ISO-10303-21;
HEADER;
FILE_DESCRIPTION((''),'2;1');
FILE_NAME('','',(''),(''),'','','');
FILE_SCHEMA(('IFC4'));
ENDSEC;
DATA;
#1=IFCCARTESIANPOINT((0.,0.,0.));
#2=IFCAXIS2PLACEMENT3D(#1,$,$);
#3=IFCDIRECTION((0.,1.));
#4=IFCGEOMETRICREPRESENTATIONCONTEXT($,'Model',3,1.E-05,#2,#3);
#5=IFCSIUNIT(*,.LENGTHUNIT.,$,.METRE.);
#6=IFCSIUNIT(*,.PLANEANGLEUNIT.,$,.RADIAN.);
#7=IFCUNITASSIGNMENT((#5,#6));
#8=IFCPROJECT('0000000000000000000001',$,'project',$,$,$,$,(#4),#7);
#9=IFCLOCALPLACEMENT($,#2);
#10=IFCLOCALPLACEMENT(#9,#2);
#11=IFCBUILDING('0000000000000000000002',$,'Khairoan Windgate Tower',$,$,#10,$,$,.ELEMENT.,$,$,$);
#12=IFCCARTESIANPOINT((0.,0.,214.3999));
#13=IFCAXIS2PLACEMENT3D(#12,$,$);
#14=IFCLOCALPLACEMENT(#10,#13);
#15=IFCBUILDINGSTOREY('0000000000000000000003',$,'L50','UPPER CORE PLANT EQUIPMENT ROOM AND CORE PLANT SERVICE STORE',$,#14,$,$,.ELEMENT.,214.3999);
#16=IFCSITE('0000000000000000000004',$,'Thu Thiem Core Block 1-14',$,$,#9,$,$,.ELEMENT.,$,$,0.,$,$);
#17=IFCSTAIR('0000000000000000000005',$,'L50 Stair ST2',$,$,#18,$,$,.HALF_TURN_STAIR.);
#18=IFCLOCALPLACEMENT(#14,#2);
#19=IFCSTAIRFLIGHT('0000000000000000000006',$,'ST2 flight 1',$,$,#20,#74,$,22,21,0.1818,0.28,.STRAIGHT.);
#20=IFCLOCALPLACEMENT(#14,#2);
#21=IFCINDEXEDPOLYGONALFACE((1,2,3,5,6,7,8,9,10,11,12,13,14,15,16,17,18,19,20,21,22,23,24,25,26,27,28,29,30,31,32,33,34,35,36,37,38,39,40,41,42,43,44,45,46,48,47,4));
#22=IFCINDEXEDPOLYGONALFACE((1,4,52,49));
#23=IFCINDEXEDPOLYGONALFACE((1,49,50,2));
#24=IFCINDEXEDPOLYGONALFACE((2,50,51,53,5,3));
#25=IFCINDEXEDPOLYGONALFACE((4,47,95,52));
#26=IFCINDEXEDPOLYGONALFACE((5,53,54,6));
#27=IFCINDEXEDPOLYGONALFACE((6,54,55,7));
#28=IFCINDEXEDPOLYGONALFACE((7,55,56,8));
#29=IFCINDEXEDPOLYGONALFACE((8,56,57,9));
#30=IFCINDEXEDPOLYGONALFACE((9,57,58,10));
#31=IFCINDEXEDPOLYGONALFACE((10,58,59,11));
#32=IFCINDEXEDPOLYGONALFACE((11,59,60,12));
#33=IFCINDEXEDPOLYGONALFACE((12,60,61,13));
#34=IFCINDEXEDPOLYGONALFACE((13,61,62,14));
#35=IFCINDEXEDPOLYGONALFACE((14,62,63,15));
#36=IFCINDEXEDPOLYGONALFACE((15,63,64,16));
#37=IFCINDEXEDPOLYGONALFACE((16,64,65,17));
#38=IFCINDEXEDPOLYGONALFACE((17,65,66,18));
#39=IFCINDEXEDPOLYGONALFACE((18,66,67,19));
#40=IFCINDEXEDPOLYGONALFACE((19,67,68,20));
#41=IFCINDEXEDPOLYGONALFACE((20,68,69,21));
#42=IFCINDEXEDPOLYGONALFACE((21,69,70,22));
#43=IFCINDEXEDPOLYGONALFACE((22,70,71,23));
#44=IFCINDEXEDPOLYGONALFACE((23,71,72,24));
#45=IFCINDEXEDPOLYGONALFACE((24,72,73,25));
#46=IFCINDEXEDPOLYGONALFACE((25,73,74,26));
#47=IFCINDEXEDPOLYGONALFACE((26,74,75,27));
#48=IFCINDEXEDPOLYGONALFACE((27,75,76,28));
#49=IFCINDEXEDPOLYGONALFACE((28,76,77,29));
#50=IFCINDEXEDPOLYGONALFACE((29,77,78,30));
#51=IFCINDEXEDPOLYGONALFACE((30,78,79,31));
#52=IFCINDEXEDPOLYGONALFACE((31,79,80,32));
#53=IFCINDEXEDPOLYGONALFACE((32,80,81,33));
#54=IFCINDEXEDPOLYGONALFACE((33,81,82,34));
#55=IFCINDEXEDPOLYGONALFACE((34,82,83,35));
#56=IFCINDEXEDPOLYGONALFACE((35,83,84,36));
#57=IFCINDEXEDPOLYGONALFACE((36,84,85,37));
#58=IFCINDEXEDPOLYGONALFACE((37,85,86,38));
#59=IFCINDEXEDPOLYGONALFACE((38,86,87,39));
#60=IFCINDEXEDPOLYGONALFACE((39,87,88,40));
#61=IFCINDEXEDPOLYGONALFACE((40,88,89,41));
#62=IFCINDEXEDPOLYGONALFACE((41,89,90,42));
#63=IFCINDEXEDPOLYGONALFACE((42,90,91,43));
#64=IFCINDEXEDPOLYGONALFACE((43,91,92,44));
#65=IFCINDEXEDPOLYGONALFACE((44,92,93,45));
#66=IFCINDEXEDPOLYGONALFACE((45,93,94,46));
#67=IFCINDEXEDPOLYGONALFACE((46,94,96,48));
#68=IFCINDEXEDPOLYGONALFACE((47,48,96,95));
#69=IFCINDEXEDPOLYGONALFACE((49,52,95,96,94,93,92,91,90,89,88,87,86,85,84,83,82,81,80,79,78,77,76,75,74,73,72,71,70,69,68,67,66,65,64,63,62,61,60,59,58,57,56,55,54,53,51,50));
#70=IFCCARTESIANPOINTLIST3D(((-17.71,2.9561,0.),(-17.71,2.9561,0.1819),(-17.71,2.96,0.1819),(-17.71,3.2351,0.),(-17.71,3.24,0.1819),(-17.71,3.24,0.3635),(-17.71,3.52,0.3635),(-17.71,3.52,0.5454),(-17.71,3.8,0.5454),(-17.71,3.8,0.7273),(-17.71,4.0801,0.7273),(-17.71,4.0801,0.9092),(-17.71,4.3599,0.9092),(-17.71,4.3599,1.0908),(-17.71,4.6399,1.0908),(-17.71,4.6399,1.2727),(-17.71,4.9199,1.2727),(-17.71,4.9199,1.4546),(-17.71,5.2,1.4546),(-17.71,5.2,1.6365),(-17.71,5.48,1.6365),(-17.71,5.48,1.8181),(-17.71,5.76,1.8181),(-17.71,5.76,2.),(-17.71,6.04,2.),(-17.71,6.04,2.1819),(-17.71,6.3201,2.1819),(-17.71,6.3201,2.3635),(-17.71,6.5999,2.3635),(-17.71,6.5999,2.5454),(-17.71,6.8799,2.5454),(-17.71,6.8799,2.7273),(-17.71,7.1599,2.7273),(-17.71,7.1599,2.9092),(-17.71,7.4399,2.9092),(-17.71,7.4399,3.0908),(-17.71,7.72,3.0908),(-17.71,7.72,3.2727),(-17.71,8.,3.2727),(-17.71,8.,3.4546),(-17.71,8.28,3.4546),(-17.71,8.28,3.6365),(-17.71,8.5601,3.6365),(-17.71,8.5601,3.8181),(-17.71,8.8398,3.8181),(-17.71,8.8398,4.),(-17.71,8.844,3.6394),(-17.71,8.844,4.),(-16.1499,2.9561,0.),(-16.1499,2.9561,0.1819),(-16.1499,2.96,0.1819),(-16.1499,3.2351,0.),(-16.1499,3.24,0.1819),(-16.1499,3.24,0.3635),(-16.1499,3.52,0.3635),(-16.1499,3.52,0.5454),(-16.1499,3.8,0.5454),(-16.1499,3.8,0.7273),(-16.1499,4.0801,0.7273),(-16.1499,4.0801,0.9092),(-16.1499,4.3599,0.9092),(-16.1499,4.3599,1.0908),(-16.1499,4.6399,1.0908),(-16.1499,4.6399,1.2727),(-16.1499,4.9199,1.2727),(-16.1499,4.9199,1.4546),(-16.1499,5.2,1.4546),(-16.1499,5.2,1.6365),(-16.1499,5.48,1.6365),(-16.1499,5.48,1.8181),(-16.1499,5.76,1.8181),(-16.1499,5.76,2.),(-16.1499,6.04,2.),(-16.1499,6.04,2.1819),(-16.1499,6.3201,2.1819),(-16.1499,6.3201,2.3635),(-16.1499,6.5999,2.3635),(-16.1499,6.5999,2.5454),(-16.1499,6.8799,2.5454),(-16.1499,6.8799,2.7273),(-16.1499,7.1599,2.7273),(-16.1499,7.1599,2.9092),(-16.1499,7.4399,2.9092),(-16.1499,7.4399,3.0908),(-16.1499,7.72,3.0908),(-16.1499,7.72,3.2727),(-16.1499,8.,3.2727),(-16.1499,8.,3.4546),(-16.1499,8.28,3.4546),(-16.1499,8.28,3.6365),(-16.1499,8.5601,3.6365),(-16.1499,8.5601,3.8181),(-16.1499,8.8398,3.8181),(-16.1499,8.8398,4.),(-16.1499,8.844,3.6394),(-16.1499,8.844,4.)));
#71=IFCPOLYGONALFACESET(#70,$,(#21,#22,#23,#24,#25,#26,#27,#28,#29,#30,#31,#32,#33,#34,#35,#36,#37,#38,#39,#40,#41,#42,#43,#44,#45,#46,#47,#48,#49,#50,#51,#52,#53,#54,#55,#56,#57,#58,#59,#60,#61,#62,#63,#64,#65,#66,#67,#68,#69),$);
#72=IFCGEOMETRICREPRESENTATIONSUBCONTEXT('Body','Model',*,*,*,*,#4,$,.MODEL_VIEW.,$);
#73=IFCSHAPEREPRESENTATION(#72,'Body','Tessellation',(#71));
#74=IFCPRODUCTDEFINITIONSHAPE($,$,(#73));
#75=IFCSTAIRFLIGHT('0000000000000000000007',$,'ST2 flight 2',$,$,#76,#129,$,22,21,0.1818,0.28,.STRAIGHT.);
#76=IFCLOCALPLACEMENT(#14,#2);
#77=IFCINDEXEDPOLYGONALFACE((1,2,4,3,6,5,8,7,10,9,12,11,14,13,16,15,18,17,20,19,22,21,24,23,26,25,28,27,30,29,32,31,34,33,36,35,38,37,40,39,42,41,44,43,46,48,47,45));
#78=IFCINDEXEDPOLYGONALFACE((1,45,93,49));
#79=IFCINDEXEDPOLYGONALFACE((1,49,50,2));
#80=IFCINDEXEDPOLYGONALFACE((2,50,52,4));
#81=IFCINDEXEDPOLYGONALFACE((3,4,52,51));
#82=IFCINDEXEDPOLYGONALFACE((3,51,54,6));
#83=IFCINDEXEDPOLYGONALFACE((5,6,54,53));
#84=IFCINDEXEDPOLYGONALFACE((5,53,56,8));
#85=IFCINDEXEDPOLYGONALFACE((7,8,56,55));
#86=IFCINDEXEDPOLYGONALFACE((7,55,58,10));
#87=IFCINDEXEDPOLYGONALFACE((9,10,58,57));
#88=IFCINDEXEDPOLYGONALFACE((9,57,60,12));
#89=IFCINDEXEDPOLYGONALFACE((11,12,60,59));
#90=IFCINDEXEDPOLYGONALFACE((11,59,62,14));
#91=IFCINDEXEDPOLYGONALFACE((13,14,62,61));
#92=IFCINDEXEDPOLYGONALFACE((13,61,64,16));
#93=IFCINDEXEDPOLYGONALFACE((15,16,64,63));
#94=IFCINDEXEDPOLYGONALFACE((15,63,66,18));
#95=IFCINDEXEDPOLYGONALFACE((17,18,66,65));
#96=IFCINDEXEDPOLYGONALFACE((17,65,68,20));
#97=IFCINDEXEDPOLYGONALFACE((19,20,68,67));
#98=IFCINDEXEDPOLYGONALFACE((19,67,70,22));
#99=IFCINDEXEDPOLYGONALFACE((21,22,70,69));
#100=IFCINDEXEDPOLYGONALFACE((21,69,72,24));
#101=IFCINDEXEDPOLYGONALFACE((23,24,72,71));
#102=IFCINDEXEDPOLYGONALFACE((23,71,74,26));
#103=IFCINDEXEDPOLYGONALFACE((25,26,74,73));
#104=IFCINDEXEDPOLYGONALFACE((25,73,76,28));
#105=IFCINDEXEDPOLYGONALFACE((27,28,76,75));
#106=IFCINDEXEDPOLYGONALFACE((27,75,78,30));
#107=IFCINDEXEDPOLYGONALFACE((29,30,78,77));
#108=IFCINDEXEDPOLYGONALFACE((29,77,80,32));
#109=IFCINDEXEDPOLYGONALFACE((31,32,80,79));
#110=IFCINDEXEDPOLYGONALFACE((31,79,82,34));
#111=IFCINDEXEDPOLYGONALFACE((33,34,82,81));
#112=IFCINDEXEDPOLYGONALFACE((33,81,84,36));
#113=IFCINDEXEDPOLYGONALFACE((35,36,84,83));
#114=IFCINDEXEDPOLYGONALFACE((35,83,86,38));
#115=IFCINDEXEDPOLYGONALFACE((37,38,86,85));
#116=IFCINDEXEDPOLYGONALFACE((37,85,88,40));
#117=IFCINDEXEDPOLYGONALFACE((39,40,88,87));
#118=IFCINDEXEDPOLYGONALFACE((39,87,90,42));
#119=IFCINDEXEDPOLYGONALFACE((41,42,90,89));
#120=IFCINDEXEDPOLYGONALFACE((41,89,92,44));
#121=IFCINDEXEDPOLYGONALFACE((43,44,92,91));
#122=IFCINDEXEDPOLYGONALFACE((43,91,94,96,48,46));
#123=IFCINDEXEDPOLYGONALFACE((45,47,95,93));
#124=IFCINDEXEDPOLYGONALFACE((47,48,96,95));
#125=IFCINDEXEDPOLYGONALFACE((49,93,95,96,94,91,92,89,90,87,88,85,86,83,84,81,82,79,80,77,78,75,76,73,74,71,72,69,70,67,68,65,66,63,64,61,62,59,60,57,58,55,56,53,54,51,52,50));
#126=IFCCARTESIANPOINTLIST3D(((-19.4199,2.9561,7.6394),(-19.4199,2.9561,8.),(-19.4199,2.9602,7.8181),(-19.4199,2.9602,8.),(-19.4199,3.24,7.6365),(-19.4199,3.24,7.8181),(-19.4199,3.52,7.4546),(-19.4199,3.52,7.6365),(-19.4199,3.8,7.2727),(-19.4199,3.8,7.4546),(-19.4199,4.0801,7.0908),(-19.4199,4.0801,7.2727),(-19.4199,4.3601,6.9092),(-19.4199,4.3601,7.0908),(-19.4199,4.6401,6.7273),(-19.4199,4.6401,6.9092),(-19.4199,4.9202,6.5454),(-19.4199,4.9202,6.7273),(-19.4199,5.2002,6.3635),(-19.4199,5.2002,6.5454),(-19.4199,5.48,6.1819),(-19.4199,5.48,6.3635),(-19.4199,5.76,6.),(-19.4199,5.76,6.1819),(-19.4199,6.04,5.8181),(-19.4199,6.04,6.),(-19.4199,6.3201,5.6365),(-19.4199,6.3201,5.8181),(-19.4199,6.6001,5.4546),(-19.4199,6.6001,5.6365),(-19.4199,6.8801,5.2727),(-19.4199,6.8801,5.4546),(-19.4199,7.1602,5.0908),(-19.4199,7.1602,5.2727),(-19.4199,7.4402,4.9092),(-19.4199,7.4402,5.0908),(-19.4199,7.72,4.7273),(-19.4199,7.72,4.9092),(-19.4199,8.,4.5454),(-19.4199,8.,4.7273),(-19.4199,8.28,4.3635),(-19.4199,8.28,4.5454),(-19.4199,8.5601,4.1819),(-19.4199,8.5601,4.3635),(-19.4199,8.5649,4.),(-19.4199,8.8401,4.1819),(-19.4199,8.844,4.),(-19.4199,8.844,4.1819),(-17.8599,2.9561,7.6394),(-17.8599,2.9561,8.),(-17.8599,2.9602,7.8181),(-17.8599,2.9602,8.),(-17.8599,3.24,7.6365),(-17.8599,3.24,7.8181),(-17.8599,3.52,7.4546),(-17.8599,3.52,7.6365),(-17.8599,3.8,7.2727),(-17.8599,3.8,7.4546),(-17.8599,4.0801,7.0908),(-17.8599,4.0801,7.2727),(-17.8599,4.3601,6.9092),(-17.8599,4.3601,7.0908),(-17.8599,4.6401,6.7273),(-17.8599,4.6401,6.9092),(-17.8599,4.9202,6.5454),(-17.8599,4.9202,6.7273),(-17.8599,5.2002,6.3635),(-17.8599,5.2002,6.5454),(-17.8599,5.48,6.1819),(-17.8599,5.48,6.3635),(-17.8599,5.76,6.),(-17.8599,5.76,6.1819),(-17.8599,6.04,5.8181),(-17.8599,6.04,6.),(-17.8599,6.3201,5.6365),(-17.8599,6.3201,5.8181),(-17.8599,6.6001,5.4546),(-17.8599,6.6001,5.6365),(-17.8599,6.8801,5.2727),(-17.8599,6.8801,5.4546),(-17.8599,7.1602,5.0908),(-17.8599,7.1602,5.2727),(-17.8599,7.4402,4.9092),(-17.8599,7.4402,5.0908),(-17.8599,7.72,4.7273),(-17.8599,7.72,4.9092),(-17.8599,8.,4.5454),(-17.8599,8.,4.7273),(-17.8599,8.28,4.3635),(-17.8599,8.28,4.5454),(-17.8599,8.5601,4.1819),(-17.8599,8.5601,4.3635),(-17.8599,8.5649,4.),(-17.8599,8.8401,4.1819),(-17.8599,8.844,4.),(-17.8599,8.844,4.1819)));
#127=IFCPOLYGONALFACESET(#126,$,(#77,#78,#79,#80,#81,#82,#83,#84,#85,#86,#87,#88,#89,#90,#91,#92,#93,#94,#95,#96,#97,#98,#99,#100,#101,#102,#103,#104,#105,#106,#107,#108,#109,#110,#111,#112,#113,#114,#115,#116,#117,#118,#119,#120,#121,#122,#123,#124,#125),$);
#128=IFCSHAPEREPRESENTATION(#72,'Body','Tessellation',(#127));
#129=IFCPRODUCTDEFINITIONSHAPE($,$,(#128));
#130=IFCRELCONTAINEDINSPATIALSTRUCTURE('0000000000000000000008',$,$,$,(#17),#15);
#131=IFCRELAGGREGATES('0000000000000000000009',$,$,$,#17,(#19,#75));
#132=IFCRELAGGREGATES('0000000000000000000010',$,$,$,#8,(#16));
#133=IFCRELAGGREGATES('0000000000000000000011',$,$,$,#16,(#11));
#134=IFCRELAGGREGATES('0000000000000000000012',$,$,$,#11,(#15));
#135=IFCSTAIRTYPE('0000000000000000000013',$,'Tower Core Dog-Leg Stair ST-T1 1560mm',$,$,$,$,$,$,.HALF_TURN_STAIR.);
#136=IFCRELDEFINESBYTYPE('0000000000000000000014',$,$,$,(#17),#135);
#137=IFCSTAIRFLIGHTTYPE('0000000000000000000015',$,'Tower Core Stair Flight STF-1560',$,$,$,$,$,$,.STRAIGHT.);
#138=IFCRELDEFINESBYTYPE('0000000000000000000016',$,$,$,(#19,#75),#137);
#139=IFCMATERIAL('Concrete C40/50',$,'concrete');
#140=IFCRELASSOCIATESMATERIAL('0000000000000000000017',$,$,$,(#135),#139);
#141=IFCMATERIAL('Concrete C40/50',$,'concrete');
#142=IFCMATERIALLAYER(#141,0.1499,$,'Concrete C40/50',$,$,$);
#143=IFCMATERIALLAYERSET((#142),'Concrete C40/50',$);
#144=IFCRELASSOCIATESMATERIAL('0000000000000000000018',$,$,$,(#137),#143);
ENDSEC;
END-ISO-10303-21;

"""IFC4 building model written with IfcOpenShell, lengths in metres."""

from ifc_helpers import new_model, si_unit, direction, frame, origin, place, context, subcontext, project, spatial, polyline, outline, extrude, material, layer, layer_set, type_object, element, aggregate, save


model = new_model("IFC4")

# Units and contexts
model_context = context("Model", 3, precision=1e-05, world=origin(), true_north=direction((0.0, 1.0)))
body_context = subcontext(model_context, "Body", "Model", "MODEL_VIEW")
ifc_project = project(units=[si_unit("LENGTHUNIT", "METRE"), si_unit("PLANEANGLEUNIT", "RADIAN")], contexts=[model_context])

# Site, building, storey
site_placement = place(None, origin())
site = spatial("IfcSite", under=ifc_project, at=site_placement, Name="Thu Thiem Core Block 1-14", CompositionType="ELEMENT", RefElevation=0.0)
building_placement = place(site_placement, origin())
building = spatial("IfcBuilding", under=site, at=building_placement, Name="Khairoan Windgate Tower", CompositionType="ELEMENT")
storey_placement = place(building_placement, frame((0.0, 0.0, 214.3999)))
storey = spatial("IfcBuildingStorey", under=building, at=storey_placement, Name="L50", Description="UPPER CORE PLANT EQUIPMENT ROOM AND CORE PLANT SERVICE STORE", CompositionType="ELEMENT", Elevation=214.3999)

# Stair, stair flights
ifc_material_1 = material(Name="Concrete C40/50", Category="concrete")
stair_type = type_object("IfcStairType", Name="Tower Core Dog-Leg Stair ST-T1 1560mm", PredefinedType="HALF_TURN_STAIR", material=ifc_material_1)
stair_placement = place(storey_placement, origin())
stair = element("IfcStair", 1, at=stair_placement, inside=storey, type_object=stair_type, Name="L50 Stair ST2", PredefinedType="HALF_TURN_STAIR")
ifc_material_2 = material(Name="Concrete C40/50", Category="concrete")
ifc_layer_1 = layer(ifc_material_2, 0.1499, Name="Concrete C40/50")
ifc_layer_set_1 = layer_set([ifc_layer_1], Name="Concrete C40/50")
stair_flight_type = type_object("IfcStairFlightType", Name="Tower Core Stair Flight STF-1560", PredefinedType="STRAIGHT", material=ifc_layer_set_1)
stair_flight_1_placement = place(storey_placement, frame((-16.9299, 2.96, 0.0), z_axis=(0.0, 0.0, 1.0), x_axis=(0.0, 1.0, 0.0)))
stair_flight_1 = element("IfcStairFlight", 2, at=stair_flight_1_placement, type_object=stair_flight_type, Name="ST2 flight 1", NumberOfRisers=22, NumberOfTreads=21, PredefinedType="STRAIGHT", RiserHeight=0.1818, TreadLength=0.28, context=body_context, shape_type="SweptSolid", body=[
    extrude(outline(polyline([(-0.0039, 0.0), (-0.0039, 0.1819), (0.0, 0.1819), (0.28, 0.1819), (0.28, 0.3635), (0.5601, 0.3635), (0.5601, 0.5454), (0.8401, 0.5454), (0.8401, 0.7273), (1.1201, 0.7273), (1.1201, 0.9092), (1.3999, 0.9092), (1.3999, 1.0908), (1.6799, 1.0908), (1.6799, 1.2727), (1.96, 1.2727), (1.96, 1.4546), (2.24, 1.4546), (2.24, 1.6365), (2.52, 1.6365), (2.52, 1.8181), (2.8, 1.8181), (2.8, 2.0), (3.0801, 2.0), (3.0801, 2.1819), (3.3601, 2.1819), (3.3601, 2.3635), (3.6399, 2.3635), (3.6399, 2.5454), (3.9199, 2.5454), (3.9199, 2.7273), (4.2, 2.7273), (4.2, 2.9092), (4.48, 2.9092), (4.48, 3.0908), (4.76, 3.0908), (4.76, 3.2727), (5.04, 3.2727), (5.04, 3.4546), (5.3201, 3.4546), (5.3201, 3.6365), (5.6001, 3.6365), (5.6001, 3.8181), (5.8799, 3.8181), (5.8799, 4.0), (5.884, 4.0), (5.884, 3.6394), (0.2751, 0.0), (-0.0039, 0.0)])), frame((0.0, 0.78, 0.0), z_axis=(0.0, -1.0, 0.0), x_axis=(1.0, 0.0, 0.0)), (0.0, 0.0, 1.0), 1.5601),
])
stair_flight_2_placement = place(storey_placement, frame((-18.6399, 8.8401, 4.0), z_axis=(0.0, 0.0, 1.0), x_axis=(0.0, -1.0, 0.0)))
stair_flight_2 = element("IfcStairFlight", 3, at=stair_flight_2_placement, type_object=stair_flight_type, Name="ST2 flight 2", NumberOfRisers=22, NumberOfTreads=21, PredefinedType="STRAIGHT", RiserHeight=0.1818, TreadLength=0.28, context=body_context, shape_type="SweptSolid", body=[
    extrude(outline(polyline([(-0.0039, 0.0), (-0.0039, 0.1819), (0.0, 0.1819), (0.28, 0.1819), (0.28, 0.3635), (0.5601, 0.3635), (0.5601, 0.5454), (0.8401, 0.5454), (0.8401, 0.7273), (1.1201, 0.7273), (1.1201, 0.9092), (1.3999, 0.9092), (1.3999, 1.0908), (1.6799, 1.0908), (1.6799, 1.2727), (1.96, 1.2727), (1.96, 1.4546), (2.24, 1.4546), (2.24, 1.6365), (2.52, 1.6365), (2.52, 1.8181), (2.8, 1.8181), (2.8, 2.0), (3.0801, 2.0), (3.0801, 2.1819), (3.3601, 2.1819), (3.3601, 2.3635), (3.6399, 2.3635), (3.6399, 2.5454), (3.9199, 2.5454), (3.9199, 2.7273), (4.2, 2.7273), (4.2, 2.9092), (4.48, 2.9092), (4.48, 3.0908), (4.76, 3.0908), (4.76, 3.2727), (5.04, 3.2727), (5.04, 3.4546), (5.3201, 3.4546), (5.3201, 3.6365), (5.6001, 3.6365), (5.6001, 3.8181), (5.8799, 3.8181), (5.8799, 4.0), (5.884, 4.0), (5.884, 3.6394), (0.2751, 0.0), (-0.0039, 0.0)])), frame((0.0, 0.78, 0.0), z_axis=(0.0, -1.0, 0.0), x_axis=(1.0, 0.0, 0.0)), (0.0, 0.0, 1.0), 1.5601),
])
aggregate(stair, [stair_flight_1, stair_flight_2])

save(model, "model.ifc")
